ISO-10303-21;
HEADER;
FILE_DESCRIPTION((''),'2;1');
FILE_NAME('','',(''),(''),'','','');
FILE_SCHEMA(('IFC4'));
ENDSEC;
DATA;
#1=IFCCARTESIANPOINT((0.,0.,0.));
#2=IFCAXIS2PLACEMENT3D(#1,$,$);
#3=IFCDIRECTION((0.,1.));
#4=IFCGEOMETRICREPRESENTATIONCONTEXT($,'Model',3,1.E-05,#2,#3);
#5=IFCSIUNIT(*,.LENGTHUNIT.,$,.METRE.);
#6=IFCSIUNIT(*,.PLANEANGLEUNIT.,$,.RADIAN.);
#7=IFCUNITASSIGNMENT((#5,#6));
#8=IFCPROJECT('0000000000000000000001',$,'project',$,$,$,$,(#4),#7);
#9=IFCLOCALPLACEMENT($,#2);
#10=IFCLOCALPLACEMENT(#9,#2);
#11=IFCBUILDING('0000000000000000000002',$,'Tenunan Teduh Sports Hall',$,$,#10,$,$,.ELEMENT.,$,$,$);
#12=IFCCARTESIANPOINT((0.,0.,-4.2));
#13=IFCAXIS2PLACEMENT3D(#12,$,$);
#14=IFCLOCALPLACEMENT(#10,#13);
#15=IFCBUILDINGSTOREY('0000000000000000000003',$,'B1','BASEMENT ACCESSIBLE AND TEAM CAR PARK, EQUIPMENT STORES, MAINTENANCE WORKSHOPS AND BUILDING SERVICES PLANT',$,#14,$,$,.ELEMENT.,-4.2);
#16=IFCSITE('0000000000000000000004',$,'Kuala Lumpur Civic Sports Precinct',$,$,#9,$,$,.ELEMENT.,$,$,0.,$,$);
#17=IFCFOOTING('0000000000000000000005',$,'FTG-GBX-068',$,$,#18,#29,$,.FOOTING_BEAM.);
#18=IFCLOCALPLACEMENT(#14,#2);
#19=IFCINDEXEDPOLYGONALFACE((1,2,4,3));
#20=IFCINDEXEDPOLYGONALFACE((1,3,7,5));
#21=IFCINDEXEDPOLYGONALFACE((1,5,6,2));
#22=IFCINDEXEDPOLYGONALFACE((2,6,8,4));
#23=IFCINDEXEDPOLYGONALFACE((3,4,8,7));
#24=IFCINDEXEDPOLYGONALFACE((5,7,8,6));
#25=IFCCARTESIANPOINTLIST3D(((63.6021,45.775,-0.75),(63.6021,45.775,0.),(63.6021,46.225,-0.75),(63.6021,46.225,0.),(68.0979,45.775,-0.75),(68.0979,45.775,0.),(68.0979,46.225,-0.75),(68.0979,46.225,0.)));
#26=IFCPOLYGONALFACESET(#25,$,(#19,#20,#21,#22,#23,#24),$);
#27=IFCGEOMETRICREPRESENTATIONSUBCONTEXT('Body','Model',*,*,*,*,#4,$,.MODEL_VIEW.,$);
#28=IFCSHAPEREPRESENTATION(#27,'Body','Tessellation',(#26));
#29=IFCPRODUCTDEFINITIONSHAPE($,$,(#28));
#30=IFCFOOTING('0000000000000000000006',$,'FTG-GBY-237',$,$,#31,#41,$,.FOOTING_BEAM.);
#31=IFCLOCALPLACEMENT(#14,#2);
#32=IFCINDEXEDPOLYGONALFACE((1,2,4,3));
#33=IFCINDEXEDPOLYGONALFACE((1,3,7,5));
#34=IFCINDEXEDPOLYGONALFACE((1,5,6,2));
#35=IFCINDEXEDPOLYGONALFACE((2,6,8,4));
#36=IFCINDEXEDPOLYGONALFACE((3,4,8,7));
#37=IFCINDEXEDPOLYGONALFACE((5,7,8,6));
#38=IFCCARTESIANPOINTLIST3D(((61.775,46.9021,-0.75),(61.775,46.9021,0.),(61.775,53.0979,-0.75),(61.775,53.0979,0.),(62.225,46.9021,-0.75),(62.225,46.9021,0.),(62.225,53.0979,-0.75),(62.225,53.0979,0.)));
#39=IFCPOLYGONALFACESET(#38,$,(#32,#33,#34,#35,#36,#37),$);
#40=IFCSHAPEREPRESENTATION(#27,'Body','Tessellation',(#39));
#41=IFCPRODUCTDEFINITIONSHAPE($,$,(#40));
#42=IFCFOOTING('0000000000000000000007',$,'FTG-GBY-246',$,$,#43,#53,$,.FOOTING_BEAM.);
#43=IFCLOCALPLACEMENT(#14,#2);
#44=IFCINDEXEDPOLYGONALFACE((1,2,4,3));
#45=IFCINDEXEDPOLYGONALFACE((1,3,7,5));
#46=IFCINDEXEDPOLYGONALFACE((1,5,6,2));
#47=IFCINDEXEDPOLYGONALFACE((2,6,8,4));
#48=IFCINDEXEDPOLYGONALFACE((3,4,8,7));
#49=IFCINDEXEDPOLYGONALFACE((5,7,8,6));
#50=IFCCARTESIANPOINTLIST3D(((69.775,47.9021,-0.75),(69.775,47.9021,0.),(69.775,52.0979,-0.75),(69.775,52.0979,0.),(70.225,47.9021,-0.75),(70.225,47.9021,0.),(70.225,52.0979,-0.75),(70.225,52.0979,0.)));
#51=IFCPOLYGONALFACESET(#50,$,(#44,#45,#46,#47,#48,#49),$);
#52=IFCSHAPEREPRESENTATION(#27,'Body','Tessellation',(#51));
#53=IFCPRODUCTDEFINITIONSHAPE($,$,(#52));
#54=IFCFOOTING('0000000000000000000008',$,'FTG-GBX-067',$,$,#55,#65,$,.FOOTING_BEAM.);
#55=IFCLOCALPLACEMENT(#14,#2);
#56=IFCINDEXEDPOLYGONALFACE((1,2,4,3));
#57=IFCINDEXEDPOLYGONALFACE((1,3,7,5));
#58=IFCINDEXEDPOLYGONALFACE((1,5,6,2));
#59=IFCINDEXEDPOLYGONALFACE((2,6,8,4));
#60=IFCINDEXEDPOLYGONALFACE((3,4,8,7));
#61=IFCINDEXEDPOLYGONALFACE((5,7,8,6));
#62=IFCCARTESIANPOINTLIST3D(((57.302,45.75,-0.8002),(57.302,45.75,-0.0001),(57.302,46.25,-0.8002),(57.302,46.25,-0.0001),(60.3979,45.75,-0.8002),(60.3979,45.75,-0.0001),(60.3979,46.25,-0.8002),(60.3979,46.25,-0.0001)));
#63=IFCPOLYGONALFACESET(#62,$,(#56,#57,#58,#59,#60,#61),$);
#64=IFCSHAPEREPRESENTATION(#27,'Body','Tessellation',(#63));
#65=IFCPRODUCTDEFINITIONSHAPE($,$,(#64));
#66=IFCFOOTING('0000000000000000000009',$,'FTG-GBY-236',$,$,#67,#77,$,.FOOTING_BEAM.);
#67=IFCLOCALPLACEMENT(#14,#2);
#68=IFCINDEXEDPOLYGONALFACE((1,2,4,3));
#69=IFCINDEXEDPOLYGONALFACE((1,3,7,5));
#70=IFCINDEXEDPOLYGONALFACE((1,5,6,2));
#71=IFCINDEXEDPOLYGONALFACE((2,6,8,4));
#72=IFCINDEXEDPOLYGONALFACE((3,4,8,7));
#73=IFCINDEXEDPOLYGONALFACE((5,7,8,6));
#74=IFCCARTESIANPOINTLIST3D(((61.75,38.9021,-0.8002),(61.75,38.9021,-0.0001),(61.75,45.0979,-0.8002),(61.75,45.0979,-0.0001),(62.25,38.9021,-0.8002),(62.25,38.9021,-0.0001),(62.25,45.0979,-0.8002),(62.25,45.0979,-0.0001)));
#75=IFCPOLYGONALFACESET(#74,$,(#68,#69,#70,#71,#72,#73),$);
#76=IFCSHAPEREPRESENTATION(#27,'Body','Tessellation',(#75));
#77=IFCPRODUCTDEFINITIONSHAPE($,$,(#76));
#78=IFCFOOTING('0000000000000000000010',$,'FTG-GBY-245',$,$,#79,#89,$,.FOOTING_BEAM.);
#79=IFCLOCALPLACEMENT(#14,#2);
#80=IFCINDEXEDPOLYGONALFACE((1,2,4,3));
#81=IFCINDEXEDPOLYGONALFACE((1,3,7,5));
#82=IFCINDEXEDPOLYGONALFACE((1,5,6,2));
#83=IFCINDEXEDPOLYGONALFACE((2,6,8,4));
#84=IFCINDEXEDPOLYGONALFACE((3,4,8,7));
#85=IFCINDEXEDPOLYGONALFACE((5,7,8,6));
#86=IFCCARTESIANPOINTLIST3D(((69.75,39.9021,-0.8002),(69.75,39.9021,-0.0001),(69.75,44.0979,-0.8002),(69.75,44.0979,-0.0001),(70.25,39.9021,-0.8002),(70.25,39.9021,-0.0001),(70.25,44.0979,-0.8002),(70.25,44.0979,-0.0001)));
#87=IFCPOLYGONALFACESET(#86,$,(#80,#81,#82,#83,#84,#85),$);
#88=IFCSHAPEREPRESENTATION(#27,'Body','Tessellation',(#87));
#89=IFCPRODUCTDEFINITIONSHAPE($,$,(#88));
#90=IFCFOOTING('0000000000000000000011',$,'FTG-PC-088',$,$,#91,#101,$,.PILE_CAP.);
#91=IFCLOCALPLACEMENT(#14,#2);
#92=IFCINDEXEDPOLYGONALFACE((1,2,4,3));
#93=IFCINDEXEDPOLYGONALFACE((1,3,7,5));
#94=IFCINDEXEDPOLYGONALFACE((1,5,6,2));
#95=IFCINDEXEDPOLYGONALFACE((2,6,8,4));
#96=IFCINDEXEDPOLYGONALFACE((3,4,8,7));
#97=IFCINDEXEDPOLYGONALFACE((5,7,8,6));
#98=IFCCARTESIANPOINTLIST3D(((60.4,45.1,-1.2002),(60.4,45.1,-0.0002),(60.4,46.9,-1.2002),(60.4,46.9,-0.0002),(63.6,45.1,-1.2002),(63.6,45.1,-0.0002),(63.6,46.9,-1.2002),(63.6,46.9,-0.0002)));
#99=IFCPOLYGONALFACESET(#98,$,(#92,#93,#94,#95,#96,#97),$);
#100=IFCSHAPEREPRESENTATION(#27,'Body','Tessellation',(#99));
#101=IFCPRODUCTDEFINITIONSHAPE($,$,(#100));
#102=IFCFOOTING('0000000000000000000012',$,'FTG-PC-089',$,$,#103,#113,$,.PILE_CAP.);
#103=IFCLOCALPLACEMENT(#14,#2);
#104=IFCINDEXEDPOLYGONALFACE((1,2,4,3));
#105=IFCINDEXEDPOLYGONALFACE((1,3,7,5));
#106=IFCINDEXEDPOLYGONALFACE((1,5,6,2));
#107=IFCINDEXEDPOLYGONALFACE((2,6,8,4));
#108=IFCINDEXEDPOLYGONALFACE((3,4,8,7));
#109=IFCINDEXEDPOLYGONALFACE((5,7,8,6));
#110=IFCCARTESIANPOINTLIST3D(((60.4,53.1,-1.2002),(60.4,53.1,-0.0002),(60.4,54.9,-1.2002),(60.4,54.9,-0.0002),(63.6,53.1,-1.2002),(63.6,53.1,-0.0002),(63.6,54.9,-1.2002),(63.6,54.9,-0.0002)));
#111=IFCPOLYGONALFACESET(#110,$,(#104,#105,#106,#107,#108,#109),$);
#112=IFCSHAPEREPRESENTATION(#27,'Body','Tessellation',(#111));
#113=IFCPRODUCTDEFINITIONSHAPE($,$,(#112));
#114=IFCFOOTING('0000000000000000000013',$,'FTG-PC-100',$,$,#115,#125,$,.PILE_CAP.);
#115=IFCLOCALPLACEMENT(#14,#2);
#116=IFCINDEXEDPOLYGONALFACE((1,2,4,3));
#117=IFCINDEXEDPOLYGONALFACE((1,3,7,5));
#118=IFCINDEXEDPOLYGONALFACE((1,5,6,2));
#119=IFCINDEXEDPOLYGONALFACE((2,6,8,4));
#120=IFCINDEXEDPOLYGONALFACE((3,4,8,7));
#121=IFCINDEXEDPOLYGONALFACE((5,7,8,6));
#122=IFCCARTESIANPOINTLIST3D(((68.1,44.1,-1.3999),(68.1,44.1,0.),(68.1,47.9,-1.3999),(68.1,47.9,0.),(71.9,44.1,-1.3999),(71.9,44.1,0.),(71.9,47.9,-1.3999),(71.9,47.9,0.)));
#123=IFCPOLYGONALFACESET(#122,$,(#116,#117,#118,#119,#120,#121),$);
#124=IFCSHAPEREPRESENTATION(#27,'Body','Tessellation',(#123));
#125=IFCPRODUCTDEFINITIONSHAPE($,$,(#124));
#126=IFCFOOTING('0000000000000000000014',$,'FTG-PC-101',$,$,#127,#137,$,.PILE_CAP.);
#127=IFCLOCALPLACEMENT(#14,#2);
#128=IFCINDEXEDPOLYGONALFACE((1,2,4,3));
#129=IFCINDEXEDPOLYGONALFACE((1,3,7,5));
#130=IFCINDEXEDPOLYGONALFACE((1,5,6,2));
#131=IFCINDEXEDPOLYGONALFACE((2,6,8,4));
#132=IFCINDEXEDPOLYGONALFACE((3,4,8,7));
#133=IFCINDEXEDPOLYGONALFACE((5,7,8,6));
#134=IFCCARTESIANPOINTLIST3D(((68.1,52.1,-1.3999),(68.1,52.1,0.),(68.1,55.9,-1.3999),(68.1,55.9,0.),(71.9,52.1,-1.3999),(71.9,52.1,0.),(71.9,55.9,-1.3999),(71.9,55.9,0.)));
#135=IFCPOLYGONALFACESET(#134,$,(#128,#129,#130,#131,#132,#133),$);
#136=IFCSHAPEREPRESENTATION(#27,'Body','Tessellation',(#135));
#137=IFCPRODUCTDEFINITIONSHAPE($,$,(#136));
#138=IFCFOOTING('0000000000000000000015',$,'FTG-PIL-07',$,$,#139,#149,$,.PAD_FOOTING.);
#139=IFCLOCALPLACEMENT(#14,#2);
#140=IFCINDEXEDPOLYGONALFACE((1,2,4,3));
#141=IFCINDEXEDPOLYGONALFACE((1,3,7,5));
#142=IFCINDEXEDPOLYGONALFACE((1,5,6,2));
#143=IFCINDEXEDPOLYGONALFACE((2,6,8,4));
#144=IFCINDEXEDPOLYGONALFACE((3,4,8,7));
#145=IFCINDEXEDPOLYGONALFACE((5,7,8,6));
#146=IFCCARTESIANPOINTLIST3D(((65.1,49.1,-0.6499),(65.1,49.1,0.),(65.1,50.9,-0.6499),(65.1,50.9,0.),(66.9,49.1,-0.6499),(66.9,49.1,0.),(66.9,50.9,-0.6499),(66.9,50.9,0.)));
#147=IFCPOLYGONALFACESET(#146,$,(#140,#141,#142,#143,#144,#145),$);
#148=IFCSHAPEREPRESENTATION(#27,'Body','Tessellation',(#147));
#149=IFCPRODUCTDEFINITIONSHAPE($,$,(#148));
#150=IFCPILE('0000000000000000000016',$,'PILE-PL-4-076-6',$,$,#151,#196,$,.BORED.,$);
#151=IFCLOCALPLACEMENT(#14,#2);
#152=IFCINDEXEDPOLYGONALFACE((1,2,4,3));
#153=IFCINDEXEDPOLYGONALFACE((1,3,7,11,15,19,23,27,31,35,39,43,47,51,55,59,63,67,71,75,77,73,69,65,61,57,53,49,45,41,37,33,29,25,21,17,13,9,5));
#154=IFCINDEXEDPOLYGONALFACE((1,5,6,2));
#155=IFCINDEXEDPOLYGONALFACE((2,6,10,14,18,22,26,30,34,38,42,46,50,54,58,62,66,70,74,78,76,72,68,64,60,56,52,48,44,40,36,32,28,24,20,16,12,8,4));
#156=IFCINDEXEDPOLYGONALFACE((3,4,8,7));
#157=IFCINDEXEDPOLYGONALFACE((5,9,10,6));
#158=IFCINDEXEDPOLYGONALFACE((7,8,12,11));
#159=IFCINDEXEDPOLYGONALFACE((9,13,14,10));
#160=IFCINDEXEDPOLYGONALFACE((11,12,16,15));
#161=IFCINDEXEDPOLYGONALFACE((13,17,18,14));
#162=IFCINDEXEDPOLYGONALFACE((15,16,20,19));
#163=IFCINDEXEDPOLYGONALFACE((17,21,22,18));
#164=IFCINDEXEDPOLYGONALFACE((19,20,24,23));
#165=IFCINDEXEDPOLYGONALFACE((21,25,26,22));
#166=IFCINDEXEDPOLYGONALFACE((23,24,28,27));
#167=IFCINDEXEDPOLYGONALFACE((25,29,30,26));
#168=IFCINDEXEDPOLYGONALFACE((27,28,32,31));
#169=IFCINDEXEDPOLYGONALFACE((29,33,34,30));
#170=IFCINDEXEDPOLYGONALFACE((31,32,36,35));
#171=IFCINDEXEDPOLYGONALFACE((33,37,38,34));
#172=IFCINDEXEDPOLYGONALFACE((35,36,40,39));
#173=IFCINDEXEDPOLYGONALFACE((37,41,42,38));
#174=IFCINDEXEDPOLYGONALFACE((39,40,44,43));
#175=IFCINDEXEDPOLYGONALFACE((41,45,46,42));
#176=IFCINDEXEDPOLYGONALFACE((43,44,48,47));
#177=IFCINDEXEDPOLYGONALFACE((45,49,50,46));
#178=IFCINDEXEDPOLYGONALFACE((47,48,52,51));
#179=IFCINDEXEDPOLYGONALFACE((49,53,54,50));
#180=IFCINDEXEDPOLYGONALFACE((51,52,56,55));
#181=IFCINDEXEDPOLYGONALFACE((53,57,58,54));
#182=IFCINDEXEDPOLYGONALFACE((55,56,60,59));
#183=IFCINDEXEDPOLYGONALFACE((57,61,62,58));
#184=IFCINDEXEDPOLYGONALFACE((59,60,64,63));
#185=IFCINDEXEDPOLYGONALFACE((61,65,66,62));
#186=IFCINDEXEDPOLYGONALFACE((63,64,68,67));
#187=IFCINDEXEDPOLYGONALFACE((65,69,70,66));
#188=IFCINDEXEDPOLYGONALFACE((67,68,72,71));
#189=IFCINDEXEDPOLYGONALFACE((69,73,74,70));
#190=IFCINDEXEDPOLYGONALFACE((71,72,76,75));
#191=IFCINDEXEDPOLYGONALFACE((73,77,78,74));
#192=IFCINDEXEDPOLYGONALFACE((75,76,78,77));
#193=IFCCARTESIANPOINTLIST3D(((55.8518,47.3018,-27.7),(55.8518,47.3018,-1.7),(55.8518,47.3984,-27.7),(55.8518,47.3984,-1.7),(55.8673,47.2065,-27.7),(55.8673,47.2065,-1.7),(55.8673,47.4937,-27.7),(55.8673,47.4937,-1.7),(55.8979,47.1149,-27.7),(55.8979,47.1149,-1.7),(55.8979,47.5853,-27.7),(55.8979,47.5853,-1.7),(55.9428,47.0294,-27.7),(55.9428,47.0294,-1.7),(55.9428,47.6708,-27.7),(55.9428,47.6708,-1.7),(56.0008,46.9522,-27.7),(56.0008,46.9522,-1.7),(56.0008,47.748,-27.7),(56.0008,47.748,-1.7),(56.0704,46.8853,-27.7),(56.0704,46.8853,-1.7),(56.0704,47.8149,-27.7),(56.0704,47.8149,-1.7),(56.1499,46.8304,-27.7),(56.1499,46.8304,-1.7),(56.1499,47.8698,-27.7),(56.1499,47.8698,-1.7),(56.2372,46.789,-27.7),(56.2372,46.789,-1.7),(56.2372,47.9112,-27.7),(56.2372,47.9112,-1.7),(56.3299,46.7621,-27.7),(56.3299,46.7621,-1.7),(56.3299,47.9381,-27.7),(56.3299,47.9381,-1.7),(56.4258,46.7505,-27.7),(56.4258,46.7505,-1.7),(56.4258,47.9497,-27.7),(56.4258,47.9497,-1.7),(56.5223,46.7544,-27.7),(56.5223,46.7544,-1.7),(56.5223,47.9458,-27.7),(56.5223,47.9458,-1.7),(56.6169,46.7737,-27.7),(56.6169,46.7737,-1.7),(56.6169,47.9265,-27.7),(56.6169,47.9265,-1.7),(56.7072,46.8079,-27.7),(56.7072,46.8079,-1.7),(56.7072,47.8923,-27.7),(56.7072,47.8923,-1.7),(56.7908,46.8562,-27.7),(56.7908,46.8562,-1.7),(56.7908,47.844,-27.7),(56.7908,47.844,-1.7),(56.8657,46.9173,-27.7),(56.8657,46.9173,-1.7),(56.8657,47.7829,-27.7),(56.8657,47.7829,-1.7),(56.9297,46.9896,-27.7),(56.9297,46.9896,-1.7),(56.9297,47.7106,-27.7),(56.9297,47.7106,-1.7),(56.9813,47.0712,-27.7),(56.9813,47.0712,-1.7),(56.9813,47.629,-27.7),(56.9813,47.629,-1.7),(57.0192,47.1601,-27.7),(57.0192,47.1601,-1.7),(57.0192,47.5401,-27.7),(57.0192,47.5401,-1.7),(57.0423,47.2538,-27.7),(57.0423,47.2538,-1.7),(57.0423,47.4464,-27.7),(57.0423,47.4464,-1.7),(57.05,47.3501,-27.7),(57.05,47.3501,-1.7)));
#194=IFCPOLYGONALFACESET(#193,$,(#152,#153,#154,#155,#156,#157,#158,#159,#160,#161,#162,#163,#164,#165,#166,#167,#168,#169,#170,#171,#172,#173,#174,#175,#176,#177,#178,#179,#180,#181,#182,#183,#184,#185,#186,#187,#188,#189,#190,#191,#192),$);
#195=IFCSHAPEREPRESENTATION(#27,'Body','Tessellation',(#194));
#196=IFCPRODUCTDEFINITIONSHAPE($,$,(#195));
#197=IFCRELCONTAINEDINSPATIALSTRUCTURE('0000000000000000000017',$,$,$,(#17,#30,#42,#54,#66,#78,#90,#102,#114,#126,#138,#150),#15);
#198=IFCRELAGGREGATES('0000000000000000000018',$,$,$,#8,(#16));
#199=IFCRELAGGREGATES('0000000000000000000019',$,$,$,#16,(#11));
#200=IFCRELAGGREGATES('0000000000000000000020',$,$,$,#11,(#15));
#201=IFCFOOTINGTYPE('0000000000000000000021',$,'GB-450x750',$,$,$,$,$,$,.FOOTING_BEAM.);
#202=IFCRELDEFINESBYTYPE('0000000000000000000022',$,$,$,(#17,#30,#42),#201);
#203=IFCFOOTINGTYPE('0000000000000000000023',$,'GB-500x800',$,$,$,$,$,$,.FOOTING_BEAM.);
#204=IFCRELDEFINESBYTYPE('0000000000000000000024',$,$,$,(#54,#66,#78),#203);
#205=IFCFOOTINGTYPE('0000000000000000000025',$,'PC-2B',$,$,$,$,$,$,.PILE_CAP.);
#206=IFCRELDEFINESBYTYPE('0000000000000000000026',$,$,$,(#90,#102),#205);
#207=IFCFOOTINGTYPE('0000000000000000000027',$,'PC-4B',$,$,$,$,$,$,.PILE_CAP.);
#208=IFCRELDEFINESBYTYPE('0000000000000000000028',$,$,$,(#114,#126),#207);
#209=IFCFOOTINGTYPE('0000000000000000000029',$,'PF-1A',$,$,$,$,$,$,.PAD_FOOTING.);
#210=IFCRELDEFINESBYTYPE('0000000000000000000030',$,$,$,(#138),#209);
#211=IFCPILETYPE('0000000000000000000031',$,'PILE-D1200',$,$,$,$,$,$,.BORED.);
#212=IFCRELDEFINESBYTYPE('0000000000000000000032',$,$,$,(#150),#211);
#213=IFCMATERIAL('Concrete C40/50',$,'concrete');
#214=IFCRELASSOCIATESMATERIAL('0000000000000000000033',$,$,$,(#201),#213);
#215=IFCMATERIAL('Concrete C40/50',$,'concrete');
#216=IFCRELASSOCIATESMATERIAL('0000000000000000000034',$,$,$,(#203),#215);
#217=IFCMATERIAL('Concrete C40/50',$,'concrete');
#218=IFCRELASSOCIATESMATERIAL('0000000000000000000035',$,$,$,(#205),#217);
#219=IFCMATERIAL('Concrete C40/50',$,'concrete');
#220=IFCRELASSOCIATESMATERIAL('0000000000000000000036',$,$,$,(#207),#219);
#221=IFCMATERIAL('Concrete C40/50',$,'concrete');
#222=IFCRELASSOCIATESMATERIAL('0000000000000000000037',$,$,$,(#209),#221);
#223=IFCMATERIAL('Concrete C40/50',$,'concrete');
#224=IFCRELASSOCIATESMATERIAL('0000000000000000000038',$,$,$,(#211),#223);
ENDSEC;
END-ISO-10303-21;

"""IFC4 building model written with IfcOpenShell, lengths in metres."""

from ifc_helpers import new_model, si_unit, direction, frame, origin, origin_2d, place, context, subcontext, project, spatial, rectangle, circle, extrude, material, material_profile, profile_set, type_object, element, save


model = new_model("IFC4")

# Units and contexts
model_context = context("Model", 3, precision=1e-05, world=origin(), true_north=direction((0.0, 1.0)))
body_context = subcontext(model_context, "Body", "Model", "MODEL_VIEW")
ifc_project = project(units=[si_unit("LENGTHUNIT", "METRE"), si_unit("PLANEANGLEUNIT", "RADIAN")], contexts=[model_context])

# Site, building, storey
site_placement = place(None, origin())
site = spatial("IfcSite", under=ifc_project, at=site_placement, Name="Kuala Lumpur Civic Sports Precinct", CompositionType="ELEMENT", RefElevation=0.0)
building_placement = place(site_placement, origin())
building = spatial("IfcBuilding", under=site, at=building_placement, Name="Tenunan Teduh Sports Hall", CompositionType="ELEMENT")
storey_placement = place(building_placement, frame((0.0, 0.0, -4.2)))
storey = spatial("IfcBuildingStorey", under=building, at=storey_placement, Name="B1", Description="BASEMENT ACCESSIBLE AND TEAM CAR PARK, EQUIPMENT STORES, MAINTENANCE WORKSHOPS AND BUILDING SERVICES PLANT", CompositionType="ELEMENT", Elevation=-4.2)

# Footings
ifc_material_1 = material(Name="Concrete C40/50", Category="concrete")
ifc_material_profile_1 = material_profile(ifc_material_1, rectangle(XDim=0.45, YDim=0.75, at=origin_2d()), Name="RCB 450x750")
ifc_profile_set_1 = profile_set([ifc_material_profile_1], Name="Concrete C40/50")
footing_type_1 = type_object("IfcFootingType", Name="GB-450x750", PredefinedType="FOOTING_BEAM", material=ifc_profile_set_1)
footing_1_placement = place(storey_placement, frame((63.6021, 46.0, -0.375), z_axis=(1.0, 0.0, 0.0), x_axis=(0.0, 1.0, 0.0)))
element("IfcFooting", 1, at=footing_1_placement, inside=storey, type_object=footing_type_1, Name="FTG-GBX-068", PredefinedType="FOOTING_BEAM", context=body_context, shape_type="SweptSolid", body=[
    extrude(rectangle(XDim=0.45, YDim=0.75, at=origin_2d()), origin(), (0.0, 0.0, 1.0), 4.4958),
])
footing_2_placement = place(storey_placement, frame((62.0, 46.9021, -0.375), z_axis=(0.0, 1.0, 0.0), x_axis=(-1.0, 0.0, 0.0)))
element("IfcFooting", 2, at=footing_2_placement, inside=storey, type_object=footing_type_1, Name="FTG-GBY-237", PredefinedType="FOOTING_BEAM", context=body_context, shape_type="SweptSolid", body=[
    extrude(rectangle(XDim=0.45, YDim=0.75, at=origin_2d()), origin(), (0.0, 0.0, 1.0), 6.1958),
])
footing_3_placement = place(storey_placement, frame((70.0, 47.9021, -0.375), z_axis=(0.0, 1.0, 0.0), x_axis=(-1.0, 0.0, 0.0)))
element("IfcFooting", 3, at=footing_3_placement, inside=storey, type_object=footing_type_1, Name="FTG-GBY-246", PredefinedType="FOOTING_BEAM", context=body_context, shape_type="SweptSolid", body=[
    extrude(rectangle(XDim=0.45, YDim=0.75, at=origin_2d()), origin(), (0.0, 0.0, 1.0), 4.1958),
])
ifc_material_2 = material(Name="Concrete C40/50", Category="concrete")
ifc_material_profile_2 = material_profile(ifc_material_2, rectangle(XDim=0.5, YDim=0.8, at=origin_2d()), Name="RCB 500x800")
ifc_profile_set_2 = profile_set([ifc_material_profile_2], Name="Concrete C40/50")
footing_type_2 = type_object("IfcFootingType", Name="GB-500x800", PredefinedType="FOOTING_BEAM", material=ifc_profile_set_2)
footing_4_placement = place(storey_placement, frame((57.302, 46.0, -0.4001), z_axis=(1.0, 0.0, 0.0), x_axis=(0.0, 1.0, 0.0)))
element("IfcFooting", 4, at=footing_4_placement, inside=storey, type_object=footing_type_2, Name="FTG-GBX-067", PredefinedType="FOOTING_BEAM", context=body_context, shape_type="SweptSolid", body=[
    extrude(rectangle(XDim=0.5, YDim=0.8, at=origin_2d()), origin(), (0.0, 0.0, 1.0), 3.0959),
])
footing_5_placement = place(storey_placement, frame((62.0, 38.9021, -0.4001), z_axis=(0.0, 1.0, 0.0), x_axis=(-1.0, 0.0, 0.0)))
element("IfcFooting", 5, at=footing_5_placement, inside=storey, type_object=footing_type_2, Name="FTG-GBY-236", PredefinedType="FOOTING_BEAM", context=body_context, shape_type="SweptSolid", body=[
    extrude(rectangle(XDim=0.5, YDim=0.8, at=origin_2d()), origin(), (0.0, 0.0, 1.0), 6.1958),
])
footing_6_placement = place(storey_placement, frame((70.0, 39.9021, -0.4001), z_axis=(0.0, 1.0, 0.0), x_axis=(-1.0, 0.0, 0.0)))
element("IfcFooting", 6, at=footing_6_placement, inside=storey, type_object=footing_type_2, Name="FTG-GBY-245", PredefinedType="FOOTING_BEAM", context=body_context, shape_type="SweptSolid", body=[
    extrude(rectangle(XDim=0.5, YDim=0.8, at=origin_2d()), origin(), (0.0, 0.0, 1.0), 4.1958),
])
ifc_material_3 = material(Name="Concrete C40/50", Category="concrete")
footing_type_3 = type_object("IfcFootingType", Name="PC-2B", PredefinedType="PILE_CAP", material=ifc_material_3)
for number, where, z_axis, x_axis, name in (
    (7, (62.0, 46.0, -1.2002), (0.0, 0.0, 1.0), (1.0, 0.0, 0.0), "FTG-PC-088"),
    (8, (62.0, 54.0, -1.2002), (0.0, 0.0, 1.0), (1.0, 0.0, 0.0), "FTG-PC-089"),
):
    element("IfcFooting", number, at=place(storey_placement, frame(where, z_axis=z_axis, x_axis=x_axis)), inside=storey, type_object=footing_type_3, Name=name, PredefinedType="PILE_CAP", context=body_context, shape_type="SweptSolid", body=[
        extrude(rectangle(XDim=3.2, YDim=1.8, at=origin_2d()), origin(), (0.0, 0.0, 1.0), 1.2),
    ])
ifc_material_4 = material(Name="Concrete C40/50", Category="concrete")
footing_type_4 = type_object("IfcFootingType", Name="PC-4B", PredefinedType="PILE_CAP", material=ifc_material_4)
for number, where, z_axis, x_axis, name in (
    (9, (70.0, 46.0, -1.3999), (0.0, 0.0, 1.0), (1.0, 0.0, 0.0), "FTG-PC-100"),
    (10, (70.0, 54.0, -1.3999), (0.0, 0.0, 1.0), (1.0, 0.0, 0.0), "FTG-PC-101"),
):
    element("IfcFooting", number, at=place(storey_placement, frame(where, z_axis=z_axis, x_axis=x_axis)), inside=storey, type_object=footing_type_4, Name=name, PredefinedType="PILE_CAP", context=body_context, shape_type="SweptSolid", body=[
        extrude(rectangle(XDim=3.8, YDim=3.8, at=origin_2d()), origin(), (0.0, 0.0, 1.0), 1.3999),
    ])
ifc_material_5 = material(Name="Concrete C40/50", Category="concrete")
footing_type_5 = type_object("IfcFootingType", Name="PF-1A", PredefinedType="PAD_FOOTING", material=ifc_material_5)
footing_7_placement = place(storey_placement, frame((66.0, 50.0, -0.6499), z_axis=(0.0, 0.0, 1.0), x_axis=(1.0, 0.0, 0.0)))
element("IfcFooting", 11, at=footing_7_placement, inside=storey, type_object=footing_type_5, Name="FTG-PIL-07", PredefinedType="PAD_FOOTING", context=body_context, shape_type="SweptSolid", body=[
    extrude(rectangle(XDim=1.8, YDim=1.8, at=origin_2d()), origin(), (0.0, 0.0, 1.0), 0.6499),
])

# Pile
ifc_material_6 = material(Name="Concrete C40/50", Category="concrete")
ifc_material_profile_3 = material_profile(ifc_material_6, circle(Radius=0.6001, at=origin_2d()), Name="PILE D1200")
ifc_profile_set_3 = profile_set([ifc_material_profile_3], Name="Concrete C40/50")
pile_type_1 = type_object("IfcPileType", Name="PILE-D1200", PredefinedType="BORED", material=ifc_profile_set_3)
pile_placement = place(storey_placement, frame((56.45, 47.3501, -1.7), z_axis=(0.0, 0.0, -1.0), x_axis=(1.0, 0.0, 0.0)))
element("IfcPile", 12, at=pile_placement, inside=storey, type_object=pile_type_1, Name="PILE-PL-4-076-6", PredefinedType="BORED", context=body_context, shape_type="SweptSolid", body=[
    extrude(circle(Radius=0.6001, at=origin_2d()), origin(), (0.0, 0.0, 1.0), 26.0),
])

save(model, "model.ifc")
